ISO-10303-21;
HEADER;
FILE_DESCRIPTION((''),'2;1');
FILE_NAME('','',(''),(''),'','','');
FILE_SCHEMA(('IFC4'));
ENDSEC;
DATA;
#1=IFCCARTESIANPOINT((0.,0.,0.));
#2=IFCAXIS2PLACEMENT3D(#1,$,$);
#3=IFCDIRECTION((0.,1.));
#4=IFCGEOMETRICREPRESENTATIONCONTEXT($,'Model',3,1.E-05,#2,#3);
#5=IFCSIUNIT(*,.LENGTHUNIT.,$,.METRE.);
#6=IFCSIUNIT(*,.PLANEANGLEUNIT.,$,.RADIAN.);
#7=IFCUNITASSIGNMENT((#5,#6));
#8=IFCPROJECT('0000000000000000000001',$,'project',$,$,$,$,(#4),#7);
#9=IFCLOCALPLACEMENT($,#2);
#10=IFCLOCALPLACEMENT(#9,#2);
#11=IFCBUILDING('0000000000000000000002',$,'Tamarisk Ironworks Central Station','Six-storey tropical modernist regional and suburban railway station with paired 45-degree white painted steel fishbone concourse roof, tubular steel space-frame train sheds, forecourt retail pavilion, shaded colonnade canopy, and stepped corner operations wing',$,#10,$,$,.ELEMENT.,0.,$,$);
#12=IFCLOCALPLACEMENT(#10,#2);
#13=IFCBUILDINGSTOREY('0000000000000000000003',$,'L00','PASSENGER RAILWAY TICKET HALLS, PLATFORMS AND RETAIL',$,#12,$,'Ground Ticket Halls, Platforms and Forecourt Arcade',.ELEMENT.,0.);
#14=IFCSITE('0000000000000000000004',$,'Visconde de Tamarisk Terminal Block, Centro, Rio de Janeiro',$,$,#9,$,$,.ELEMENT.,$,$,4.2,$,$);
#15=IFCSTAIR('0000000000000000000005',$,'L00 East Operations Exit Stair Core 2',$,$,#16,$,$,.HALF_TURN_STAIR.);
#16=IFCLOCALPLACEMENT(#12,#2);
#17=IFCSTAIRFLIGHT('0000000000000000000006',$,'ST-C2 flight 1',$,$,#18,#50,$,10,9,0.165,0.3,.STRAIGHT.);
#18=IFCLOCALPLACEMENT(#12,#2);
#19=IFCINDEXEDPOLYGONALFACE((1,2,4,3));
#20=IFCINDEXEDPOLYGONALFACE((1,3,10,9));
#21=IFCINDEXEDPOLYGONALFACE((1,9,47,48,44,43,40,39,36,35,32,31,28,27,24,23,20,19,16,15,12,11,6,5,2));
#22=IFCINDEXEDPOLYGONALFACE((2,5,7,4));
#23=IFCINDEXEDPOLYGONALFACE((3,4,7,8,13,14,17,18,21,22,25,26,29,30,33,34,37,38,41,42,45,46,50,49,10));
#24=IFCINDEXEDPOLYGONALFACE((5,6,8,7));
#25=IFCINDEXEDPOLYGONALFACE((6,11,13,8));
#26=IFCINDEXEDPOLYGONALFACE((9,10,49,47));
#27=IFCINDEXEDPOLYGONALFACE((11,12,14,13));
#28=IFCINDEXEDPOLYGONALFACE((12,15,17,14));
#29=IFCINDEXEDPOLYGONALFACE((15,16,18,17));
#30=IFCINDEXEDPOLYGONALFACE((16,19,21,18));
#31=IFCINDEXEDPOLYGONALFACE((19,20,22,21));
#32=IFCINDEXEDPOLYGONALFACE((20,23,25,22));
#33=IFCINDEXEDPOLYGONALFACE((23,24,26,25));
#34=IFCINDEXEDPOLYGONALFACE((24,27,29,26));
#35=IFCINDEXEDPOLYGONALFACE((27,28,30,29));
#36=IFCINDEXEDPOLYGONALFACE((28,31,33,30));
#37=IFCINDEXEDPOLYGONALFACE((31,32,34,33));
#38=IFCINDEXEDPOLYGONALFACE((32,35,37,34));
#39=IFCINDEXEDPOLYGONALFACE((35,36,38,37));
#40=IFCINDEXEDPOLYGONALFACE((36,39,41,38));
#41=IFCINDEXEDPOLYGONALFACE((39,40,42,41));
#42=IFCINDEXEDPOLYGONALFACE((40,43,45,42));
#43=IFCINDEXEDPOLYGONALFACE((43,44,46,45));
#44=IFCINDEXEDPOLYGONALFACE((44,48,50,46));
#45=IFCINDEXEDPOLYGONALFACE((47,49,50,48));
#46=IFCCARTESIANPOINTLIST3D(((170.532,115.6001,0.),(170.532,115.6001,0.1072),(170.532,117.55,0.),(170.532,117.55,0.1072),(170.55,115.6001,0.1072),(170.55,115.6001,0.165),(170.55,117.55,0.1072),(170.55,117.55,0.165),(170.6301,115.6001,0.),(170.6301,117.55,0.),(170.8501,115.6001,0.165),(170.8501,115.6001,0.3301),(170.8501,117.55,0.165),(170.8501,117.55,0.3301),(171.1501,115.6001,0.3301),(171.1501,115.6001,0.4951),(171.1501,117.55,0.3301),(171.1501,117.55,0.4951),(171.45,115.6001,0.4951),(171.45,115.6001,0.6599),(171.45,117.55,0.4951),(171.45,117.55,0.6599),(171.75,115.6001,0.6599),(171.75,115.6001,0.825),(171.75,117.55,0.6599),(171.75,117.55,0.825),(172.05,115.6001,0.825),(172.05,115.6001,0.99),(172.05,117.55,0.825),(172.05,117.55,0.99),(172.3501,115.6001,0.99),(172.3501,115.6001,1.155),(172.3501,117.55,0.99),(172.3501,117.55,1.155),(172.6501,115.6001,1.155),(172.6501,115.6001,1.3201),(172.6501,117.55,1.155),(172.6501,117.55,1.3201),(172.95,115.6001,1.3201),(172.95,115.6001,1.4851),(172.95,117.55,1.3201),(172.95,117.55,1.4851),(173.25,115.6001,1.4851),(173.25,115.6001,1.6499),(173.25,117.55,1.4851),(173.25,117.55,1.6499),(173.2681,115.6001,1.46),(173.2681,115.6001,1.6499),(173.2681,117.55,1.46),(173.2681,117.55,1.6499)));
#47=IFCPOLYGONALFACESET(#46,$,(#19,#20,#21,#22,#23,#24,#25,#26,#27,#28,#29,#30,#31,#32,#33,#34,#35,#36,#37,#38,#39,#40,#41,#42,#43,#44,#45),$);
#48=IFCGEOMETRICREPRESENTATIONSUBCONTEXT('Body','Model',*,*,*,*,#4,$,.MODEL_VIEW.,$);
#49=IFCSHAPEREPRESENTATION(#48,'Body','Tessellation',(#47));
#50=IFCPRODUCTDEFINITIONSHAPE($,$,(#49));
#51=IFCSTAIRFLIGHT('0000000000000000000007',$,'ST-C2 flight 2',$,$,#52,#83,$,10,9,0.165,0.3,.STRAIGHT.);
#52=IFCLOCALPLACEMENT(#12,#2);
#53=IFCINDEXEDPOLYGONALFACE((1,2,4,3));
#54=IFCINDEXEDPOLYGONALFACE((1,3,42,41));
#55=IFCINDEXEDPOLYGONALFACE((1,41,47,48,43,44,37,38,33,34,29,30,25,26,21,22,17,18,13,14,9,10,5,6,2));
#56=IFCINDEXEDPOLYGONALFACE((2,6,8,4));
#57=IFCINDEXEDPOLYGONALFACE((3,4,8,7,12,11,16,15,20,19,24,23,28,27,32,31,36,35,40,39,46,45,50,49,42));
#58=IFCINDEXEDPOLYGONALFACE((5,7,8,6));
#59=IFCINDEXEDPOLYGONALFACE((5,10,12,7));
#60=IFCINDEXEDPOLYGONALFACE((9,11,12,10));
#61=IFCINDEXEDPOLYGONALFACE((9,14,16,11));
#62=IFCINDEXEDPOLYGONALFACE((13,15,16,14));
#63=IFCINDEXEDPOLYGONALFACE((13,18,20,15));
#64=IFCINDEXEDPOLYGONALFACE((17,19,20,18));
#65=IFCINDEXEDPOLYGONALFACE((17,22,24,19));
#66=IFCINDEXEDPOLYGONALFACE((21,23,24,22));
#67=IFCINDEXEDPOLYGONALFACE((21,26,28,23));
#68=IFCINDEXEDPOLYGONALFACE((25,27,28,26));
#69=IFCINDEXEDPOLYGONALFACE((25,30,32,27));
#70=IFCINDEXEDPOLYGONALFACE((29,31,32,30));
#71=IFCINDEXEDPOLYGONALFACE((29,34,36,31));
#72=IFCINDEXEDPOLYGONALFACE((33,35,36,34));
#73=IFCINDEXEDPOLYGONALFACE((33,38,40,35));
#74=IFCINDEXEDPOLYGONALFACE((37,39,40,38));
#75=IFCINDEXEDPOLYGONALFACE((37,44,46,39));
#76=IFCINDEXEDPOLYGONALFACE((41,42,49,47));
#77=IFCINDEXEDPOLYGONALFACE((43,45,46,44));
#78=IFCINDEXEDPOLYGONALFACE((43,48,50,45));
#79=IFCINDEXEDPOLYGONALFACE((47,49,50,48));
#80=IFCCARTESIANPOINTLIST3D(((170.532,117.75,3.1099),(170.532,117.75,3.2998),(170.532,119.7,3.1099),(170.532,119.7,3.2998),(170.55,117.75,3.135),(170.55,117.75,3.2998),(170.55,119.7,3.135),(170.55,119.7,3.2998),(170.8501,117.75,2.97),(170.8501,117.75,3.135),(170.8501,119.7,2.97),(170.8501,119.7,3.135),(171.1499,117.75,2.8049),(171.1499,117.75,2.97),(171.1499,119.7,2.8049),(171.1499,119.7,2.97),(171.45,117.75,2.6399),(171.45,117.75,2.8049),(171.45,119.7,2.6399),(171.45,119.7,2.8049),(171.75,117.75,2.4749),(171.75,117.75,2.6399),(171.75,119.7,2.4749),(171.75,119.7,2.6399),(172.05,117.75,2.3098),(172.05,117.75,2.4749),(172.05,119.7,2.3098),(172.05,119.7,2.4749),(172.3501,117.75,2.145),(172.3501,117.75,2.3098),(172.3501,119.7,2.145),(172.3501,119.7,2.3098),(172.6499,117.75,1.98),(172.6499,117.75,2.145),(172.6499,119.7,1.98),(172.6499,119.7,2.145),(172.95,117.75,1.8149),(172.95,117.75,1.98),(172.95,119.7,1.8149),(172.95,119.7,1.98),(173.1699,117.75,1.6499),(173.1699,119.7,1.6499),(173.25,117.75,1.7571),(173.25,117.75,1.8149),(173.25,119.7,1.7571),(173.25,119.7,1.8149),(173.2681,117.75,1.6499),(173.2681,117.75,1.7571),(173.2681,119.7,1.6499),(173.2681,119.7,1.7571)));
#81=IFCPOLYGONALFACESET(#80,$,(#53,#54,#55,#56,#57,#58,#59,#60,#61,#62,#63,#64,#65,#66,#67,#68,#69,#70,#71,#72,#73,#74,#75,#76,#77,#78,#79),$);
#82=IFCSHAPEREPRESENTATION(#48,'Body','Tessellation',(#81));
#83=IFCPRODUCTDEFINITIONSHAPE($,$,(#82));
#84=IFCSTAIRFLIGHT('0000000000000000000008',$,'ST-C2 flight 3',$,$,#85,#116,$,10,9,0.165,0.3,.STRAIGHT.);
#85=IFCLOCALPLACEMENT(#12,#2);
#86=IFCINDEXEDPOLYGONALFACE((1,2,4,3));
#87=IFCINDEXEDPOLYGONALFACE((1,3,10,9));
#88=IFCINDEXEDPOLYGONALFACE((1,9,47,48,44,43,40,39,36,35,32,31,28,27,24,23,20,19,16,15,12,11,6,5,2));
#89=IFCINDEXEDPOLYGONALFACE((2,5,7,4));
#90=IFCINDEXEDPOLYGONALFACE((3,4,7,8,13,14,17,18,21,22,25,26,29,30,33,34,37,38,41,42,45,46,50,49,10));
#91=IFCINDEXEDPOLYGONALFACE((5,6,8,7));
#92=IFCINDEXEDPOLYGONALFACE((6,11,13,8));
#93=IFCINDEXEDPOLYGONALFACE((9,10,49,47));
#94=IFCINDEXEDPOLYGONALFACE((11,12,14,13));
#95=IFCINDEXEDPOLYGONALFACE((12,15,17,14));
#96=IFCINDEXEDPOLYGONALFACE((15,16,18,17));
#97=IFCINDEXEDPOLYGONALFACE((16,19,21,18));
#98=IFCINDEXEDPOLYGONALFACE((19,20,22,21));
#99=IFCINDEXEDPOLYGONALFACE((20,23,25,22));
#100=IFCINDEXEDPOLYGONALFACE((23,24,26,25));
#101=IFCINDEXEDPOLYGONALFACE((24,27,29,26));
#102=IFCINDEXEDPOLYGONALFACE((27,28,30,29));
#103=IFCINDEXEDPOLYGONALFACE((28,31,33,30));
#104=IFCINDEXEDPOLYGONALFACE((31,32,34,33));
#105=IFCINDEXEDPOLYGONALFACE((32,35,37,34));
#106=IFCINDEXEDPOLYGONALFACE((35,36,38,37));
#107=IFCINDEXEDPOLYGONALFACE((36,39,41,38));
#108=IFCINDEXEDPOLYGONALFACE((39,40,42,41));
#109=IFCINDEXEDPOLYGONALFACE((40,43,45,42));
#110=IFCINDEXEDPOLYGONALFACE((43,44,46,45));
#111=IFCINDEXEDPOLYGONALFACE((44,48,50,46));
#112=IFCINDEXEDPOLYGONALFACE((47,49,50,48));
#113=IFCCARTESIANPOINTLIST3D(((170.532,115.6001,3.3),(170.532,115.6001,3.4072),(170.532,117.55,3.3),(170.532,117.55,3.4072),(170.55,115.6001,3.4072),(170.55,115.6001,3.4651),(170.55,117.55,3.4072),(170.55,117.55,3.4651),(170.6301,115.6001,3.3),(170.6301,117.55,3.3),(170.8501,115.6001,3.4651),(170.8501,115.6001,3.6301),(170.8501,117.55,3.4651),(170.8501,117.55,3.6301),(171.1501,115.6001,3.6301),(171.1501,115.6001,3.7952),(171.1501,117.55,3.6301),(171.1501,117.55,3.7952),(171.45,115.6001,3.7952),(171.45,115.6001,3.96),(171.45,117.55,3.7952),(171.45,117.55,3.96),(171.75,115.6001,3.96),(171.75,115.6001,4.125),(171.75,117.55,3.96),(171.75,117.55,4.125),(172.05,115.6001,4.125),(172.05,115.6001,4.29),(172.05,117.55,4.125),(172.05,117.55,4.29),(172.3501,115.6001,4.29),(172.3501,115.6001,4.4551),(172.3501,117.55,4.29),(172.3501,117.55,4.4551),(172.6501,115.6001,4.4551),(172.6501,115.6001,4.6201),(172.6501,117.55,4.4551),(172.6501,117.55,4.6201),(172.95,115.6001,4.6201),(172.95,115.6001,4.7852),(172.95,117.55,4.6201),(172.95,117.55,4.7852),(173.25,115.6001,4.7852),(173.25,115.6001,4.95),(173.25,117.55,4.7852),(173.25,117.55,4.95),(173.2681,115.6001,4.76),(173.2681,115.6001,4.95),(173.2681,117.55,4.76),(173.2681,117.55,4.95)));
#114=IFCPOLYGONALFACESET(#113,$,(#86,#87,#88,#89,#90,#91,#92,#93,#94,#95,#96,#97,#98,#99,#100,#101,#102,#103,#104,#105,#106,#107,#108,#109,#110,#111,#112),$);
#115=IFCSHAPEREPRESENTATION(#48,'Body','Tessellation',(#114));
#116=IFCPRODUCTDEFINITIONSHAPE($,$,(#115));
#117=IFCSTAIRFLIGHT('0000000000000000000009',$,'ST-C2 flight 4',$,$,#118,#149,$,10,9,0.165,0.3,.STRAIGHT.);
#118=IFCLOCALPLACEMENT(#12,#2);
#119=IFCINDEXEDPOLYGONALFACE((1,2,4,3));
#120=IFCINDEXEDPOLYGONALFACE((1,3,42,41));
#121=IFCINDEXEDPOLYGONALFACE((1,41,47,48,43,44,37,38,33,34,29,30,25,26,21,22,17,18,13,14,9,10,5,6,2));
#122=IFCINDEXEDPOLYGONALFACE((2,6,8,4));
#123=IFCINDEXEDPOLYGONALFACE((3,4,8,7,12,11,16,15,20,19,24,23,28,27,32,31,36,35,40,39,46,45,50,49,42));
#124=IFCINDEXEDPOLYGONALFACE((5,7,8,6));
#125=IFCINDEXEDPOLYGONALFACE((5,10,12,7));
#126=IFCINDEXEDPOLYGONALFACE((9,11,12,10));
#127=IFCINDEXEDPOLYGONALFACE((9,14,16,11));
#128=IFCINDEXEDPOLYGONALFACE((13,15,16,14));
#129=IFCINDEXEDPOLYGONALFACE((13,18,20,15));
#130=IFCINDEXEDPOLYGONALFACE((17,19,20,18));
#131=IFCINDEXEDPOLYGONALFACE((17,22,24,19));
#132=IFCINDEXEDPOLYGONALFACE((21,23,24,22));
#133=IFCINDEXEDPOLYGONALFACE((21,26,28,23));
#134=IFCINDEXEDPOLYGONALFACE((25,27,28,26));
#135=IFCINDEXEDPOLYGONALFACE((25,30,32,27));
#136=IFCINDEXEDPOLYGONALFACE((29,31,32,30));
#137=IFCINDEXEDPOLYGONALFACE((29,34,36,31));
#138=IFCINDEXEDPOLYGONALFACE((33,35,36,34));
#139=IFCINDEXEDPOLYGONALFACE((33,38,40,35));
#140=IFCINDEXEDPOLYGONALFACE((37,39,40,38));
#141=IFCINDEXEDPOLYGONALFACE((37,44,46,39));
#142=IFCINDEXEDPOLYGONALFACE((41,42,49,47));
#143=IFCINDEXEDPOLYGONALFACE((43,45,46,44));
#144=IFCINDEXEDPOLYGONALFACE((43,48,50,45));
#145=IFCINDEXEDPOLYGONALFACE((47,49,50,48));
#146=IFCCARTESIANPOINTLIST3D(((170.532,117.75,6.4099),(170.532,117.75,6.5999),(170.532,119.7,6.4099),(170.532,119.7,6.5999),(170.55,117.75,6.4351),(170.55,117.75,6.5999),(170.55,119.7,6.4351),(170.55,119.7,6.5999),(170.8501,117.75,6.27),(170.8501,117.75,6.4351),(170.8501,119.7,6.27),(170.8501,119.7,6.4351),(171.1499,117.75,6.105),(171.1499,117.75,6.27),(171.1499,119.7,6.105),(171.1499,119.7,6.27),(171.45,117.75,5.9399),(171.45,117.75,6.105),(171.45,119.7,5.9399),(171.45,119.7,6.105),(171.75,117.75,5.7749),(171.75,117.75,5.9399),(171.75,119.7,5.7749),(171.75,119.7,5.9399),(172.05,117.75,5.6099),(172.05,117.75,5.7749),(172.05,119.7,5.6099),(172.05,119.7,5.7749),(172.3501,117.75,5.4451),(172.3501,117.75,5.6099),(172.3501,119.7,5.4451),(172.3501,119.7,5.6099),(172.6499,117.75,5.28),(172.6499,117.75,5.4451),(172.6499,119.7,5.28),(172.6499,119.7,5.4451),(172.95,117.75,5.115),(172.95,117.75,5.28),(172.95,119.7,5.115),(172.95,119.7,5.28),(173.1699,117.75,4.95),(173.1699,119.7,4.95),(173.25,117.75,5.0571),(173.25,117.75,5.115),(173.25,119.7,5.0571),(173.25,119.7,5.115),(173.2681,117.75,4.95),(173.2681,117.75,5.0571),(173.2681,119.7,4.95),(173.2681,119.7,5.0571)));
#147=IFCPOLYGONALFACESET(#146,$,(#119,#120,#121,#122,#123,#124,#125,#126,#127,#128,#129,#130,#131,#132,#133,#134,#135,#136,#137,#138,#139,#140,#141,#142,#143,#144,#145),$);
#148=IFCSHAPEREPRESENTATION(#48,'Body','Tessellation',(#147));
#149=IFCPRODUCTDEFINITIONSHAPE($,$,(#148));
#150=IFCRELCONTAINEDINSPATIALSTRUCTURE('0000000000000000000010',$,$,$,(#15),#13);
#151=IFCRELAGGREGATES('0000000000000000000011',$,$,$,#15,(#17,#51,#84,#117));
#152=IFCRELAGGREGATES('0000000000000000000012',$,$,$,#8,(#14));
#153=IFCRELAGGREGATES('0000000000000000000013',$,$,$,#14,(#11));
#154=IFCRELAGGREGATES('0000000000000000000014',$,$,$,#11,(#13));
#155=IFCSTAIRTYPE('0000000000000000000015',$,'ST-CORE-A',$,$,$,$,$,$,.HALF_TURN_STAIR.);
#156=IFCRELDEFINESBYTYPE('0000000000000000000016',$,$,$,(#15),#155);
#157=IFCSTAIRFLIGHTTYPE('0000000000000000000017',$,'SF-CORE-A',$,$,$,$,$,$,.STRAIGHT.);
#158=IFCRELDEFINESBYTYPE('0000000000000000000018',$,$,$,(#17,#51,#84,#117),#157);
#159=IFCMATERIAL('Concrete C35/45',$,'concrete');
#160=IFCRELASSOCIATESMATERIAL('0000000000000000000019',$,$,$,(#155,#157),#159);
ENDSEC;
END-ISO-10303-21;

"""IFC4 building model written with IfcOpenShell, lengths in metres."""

from ifc_helpers import new_model, si_unit, direction, frame, origin, place, context, subcontext, project, spatial, polyline, outline, extrude, material, type_object, element, aggregate, save


model = new_model("IFC4")

# Units and contexts
model_context = context("Model", 3, precision=1e-05, world=origin(), true_north=direction((0.0, 1.0)))
body_context = subcontext(model_context, "Body", "Model", "MODEL_VIEW")
ifc_project = project(units=[si_unit("LENGTHUNIT", "METRE"), si_unit("PLANEANGLEUNIT", "RADIAN")], contexts=[model_context])

# Site, building, storey
site_placement = place(None, origin())
site = spatial("IfcSite", under=ifc_project, at=site_placement, Name="Visconde de Tamarisk Terminal Block, Centro, Rio de Janeiro", CompositionType="ELEMENT", RefElevation=4.2)
building_placement = place(site_placement, origin())
building = spatial("IfcBuilding", under=site, at=building_placement, Name="Tamarisk Ironworks Central Station", Description="Six-storey tropical modernist regional and suburban railway station with paired 45-degree white painted steel fishbone concourse roof, tubular steel space-frame train sheds, forecourt retail pavilion, shaded colonnade canopy, and stepped corner operations wing", CompositionType="ELEMENT", ElevationOfRefHeight=0.0)
storey_placement = place(building_placement, origin())
storey = spatial("IfcBuildingStorey", under=building, at=storey_placement, Name="L00", Description="PASSENGER RAILWAY TICKET HALLS, PLATFORMS AND RETAIL", LongName="Ground Ticket Halls, Platforms and Forecourt Arcade", CompositionType="ELEMENT", Elevation=0.0)

# Stair, stair flights
ifc_material_1 = material(Name="Concrete C35/45", Category="concrete")
stair_type = type_object("IfcStairType", Name="ST-CORE-A", PredefinedType="HALF_TURN_STAIR", material=ifc_material_1)
stair_placement = place(storey_placement, origin())
stair = element("IfcStair", 1, at=stair_placement, inside=storey, type_object=stair_type, Name="L00 East Operations Exit Stair Core 2", PredefinedType="HALF_TURN_STAIR")
stair_flight_type = type_object("IfcStairFlightType", Name="SF-CORE-A", PredefinedType="STRAIGHT", material=ifc_material_1)
stair_flight_1_placement = place(storey_placement, frame((170.55, 116.575, 0.0), z_axis=(0.0, 0.0, 1.0), x_axis=(1.0, 0.0, 0.0)))
stair_flight_1 = element("IfcStairFlight", 2, at=stair_flight_1_placement, type_object=stair_flight_type, Name="ST-C2 flight 1", NumberOfRisers=10, NumberOfTreads=9, PredefinedType="STRAIGHT", RiserHeight=0.165, TreadLength=0.3, context=body_context, shape_type="SweptSolid", body=[
    extrude(outline(polyline([(-0.0181, 0.0), (-0.0181, 0.1072), (0.0, 0.1072), (0.0, 0.165), (0.3, 0.165), (0.3, 0.3301), (0.6001, 0.3301), (0.6001, 0.4951), (0.8999, 0.4951), (0.8999, 0.6599), (1.2, 0.6599), (1.2, 0.825), (1.5, 0.825), (1.5, 0.99), (1.8, 0.99), (1.8, 1.155), (2.1001, 1.155), (2.1001, 1.3201), (2.3999, 1.3201), (2.3999, 1.4851), (2.7, 1.4851), (2.7, 1.6499), (2.718, 1.6499), (2.718, 1.46), (0.0801, 0.0), (-0.0181, 0.0)])), frame((0.0, 0.9751, 0.0), z_axis=(0.0, -1.0, 0.0), x_axis=(1.0, 0.0, 0.0)), (0.0, 0.0, 1.0), 1.95),
])
stair_flight_2_placement = place(storey_placement, frame((173.25, 118.7251, 1.6499), z_axis=(0.0, 0.0, 1.0), x_axis=(-1.0, 0.0, 0.0)))
stair_flight_2 = element("IfcStairFlight", 3, at=stair_flight_2_placement, type_object=stair_flight_type, Name="ST-C2 flight 2", NumberOfRisers=10, NumberOfTreads=9, PredefinedType="STRAIGHT", RiserHeight=0.165, TreadLength=0.3, context=body_context, shape_type="SweptSolid", body=[
    extrude(outline(polyline([(-0.0181, 0.0), (-0.0181, 0.1072), (0.0, 0.1072), (0.0, 0.165), (0.3, 0.165), (0.3, 0.3301), (0.6001, 0.3301), (0.6001, 0.4951), (0.8999, 0.4951), (0.8999, 0.6599), (1.2, 0.6599), (1.2, 0.825), (1.5, 0.825), (1.5, 0.99), (1.8, 0.99), (1.8, 1.155), (2.1001, 1.155), (2.1001, 1.3201), (2.3999, 1.3201), (2.3999, 1.4851), (2.7, 1.4851), (2.7, 1.6499), (2.718, 1.6499), (2.718, 1.46), (0.0801, 0.0), (-0.0181, 0.0)])), frame((0.0, 0.9751, 0.0), z_axis=(0.0, -1.0, 0.0), x_axis=(1.0, 0.0, 0.0)), (0.0, 0.0, 1.0), 1.95),
])
stair_flight_3_placement = place(storey_placement, frame((170.55, 116.575, 3.3), z_axis=(0.0, 0.0, 1.0), x_axis=(1.0, 0.0, 0.0)))
stair_flight_3 = element("IfcStairFlight", 4, at=stair_flight_3_placement, type_object=stair_flight_type, Name="ST-C2 flight 3", NumberOfRisers=10, NumberOfTreads=9, PredefinedType="STRAIGHT", RiserHeight=0.165, TreadLength=0.3, context=body_context, shape_type="SweptSolid", body=[
    extrude(outline(polyline([(-0.0181, 0.0), (-0.0181, 0.1072), (0.0, 0.1072), (0.0, 0.165), (0.3, 0.165), (0.3, 0.3301), (0.6001, 0.3301), (0.6001, 0.4951), (0.8999, 0.4951), (0.8999, 0.6599), (1.2, 0.6599), (1.2, 0.825), (1.5, 0.825), (1.5, 0.99), (1.8, 0.99), (1.8, 1.155), (2.1001, 1.155), (2.1001, 1.3201), (2.3999, 1.3201), (2.3999, 1.4851), (2.7, 1.4851), (2.7, 1.6499), (2.718, 1.6499), (2.718, 1.46), (0.0801, 0.0), (-0.0181, 0.0)])), frame((0.0, 0.9751, 0.0), z_axis=(0.0, -1.0, 0.0), x_axis=(1.0, 0.0, 0.0)), (0.0, 0.0, 1.0), 1.95),
])
stair_flight_4_placement = place(storey_placement, frame((173.25, 118.7251, 4.95), z_axis=(0.0, 0.0, 1.0), x_axis=(-1.0, 0.0, 0.0)))
stair_flight_4 = element("IfcStairFlight", 5, at=stair_flight_4_placement, type_object=stair_flight_type, Name="ST-C2 flight 4", NumberOfRisers=10, NumberOfTreads=9, PredefinedType="STRAIGHT", RiserHeight=0.165, TreadLength=0.3, context=body_context, shape_type="SweptSolid", body=[
    extrude(outline(polyline([(-0.0181, 0.0), (-0.0181, 0.1072), (0.0, 0.1072), (0.0, 0.165), (0.3, 0.165), (0.3, 0.3301), (0.6001, 0.3301), (0.6001, 0.4951), (0.8999, 0.4951), (0.8999, 0.6599), (1.2, 0.6599), (1.2, 0.825), (1.5, 0.825), (1.5, 0.99), (1.8, 0.99), (1.8, 1.155), (2.1001, 1.155), (2.1001, 1.3201), (2.3999, 1.3201), (2.3999, 1.4851), (2.7, 1.4851), (2.7, 1.6499), (2.718, 1.6499), (2.718, 1.46), (0.0801, 0.0), (-0.0181, 0.0)])), frame((0.0, 0.9751, 0.0), z_axis=(0.0, -1.0, 0.0), x_axis=(1.0, 0.0, 0.0)), (0.0, 0.0, 1.0), 1.95),
])
aggregate(stair, [stair_flight_1, stair_flight_2, stair_flight_3, stair_flight_4])

save(model, "model.ifc")
